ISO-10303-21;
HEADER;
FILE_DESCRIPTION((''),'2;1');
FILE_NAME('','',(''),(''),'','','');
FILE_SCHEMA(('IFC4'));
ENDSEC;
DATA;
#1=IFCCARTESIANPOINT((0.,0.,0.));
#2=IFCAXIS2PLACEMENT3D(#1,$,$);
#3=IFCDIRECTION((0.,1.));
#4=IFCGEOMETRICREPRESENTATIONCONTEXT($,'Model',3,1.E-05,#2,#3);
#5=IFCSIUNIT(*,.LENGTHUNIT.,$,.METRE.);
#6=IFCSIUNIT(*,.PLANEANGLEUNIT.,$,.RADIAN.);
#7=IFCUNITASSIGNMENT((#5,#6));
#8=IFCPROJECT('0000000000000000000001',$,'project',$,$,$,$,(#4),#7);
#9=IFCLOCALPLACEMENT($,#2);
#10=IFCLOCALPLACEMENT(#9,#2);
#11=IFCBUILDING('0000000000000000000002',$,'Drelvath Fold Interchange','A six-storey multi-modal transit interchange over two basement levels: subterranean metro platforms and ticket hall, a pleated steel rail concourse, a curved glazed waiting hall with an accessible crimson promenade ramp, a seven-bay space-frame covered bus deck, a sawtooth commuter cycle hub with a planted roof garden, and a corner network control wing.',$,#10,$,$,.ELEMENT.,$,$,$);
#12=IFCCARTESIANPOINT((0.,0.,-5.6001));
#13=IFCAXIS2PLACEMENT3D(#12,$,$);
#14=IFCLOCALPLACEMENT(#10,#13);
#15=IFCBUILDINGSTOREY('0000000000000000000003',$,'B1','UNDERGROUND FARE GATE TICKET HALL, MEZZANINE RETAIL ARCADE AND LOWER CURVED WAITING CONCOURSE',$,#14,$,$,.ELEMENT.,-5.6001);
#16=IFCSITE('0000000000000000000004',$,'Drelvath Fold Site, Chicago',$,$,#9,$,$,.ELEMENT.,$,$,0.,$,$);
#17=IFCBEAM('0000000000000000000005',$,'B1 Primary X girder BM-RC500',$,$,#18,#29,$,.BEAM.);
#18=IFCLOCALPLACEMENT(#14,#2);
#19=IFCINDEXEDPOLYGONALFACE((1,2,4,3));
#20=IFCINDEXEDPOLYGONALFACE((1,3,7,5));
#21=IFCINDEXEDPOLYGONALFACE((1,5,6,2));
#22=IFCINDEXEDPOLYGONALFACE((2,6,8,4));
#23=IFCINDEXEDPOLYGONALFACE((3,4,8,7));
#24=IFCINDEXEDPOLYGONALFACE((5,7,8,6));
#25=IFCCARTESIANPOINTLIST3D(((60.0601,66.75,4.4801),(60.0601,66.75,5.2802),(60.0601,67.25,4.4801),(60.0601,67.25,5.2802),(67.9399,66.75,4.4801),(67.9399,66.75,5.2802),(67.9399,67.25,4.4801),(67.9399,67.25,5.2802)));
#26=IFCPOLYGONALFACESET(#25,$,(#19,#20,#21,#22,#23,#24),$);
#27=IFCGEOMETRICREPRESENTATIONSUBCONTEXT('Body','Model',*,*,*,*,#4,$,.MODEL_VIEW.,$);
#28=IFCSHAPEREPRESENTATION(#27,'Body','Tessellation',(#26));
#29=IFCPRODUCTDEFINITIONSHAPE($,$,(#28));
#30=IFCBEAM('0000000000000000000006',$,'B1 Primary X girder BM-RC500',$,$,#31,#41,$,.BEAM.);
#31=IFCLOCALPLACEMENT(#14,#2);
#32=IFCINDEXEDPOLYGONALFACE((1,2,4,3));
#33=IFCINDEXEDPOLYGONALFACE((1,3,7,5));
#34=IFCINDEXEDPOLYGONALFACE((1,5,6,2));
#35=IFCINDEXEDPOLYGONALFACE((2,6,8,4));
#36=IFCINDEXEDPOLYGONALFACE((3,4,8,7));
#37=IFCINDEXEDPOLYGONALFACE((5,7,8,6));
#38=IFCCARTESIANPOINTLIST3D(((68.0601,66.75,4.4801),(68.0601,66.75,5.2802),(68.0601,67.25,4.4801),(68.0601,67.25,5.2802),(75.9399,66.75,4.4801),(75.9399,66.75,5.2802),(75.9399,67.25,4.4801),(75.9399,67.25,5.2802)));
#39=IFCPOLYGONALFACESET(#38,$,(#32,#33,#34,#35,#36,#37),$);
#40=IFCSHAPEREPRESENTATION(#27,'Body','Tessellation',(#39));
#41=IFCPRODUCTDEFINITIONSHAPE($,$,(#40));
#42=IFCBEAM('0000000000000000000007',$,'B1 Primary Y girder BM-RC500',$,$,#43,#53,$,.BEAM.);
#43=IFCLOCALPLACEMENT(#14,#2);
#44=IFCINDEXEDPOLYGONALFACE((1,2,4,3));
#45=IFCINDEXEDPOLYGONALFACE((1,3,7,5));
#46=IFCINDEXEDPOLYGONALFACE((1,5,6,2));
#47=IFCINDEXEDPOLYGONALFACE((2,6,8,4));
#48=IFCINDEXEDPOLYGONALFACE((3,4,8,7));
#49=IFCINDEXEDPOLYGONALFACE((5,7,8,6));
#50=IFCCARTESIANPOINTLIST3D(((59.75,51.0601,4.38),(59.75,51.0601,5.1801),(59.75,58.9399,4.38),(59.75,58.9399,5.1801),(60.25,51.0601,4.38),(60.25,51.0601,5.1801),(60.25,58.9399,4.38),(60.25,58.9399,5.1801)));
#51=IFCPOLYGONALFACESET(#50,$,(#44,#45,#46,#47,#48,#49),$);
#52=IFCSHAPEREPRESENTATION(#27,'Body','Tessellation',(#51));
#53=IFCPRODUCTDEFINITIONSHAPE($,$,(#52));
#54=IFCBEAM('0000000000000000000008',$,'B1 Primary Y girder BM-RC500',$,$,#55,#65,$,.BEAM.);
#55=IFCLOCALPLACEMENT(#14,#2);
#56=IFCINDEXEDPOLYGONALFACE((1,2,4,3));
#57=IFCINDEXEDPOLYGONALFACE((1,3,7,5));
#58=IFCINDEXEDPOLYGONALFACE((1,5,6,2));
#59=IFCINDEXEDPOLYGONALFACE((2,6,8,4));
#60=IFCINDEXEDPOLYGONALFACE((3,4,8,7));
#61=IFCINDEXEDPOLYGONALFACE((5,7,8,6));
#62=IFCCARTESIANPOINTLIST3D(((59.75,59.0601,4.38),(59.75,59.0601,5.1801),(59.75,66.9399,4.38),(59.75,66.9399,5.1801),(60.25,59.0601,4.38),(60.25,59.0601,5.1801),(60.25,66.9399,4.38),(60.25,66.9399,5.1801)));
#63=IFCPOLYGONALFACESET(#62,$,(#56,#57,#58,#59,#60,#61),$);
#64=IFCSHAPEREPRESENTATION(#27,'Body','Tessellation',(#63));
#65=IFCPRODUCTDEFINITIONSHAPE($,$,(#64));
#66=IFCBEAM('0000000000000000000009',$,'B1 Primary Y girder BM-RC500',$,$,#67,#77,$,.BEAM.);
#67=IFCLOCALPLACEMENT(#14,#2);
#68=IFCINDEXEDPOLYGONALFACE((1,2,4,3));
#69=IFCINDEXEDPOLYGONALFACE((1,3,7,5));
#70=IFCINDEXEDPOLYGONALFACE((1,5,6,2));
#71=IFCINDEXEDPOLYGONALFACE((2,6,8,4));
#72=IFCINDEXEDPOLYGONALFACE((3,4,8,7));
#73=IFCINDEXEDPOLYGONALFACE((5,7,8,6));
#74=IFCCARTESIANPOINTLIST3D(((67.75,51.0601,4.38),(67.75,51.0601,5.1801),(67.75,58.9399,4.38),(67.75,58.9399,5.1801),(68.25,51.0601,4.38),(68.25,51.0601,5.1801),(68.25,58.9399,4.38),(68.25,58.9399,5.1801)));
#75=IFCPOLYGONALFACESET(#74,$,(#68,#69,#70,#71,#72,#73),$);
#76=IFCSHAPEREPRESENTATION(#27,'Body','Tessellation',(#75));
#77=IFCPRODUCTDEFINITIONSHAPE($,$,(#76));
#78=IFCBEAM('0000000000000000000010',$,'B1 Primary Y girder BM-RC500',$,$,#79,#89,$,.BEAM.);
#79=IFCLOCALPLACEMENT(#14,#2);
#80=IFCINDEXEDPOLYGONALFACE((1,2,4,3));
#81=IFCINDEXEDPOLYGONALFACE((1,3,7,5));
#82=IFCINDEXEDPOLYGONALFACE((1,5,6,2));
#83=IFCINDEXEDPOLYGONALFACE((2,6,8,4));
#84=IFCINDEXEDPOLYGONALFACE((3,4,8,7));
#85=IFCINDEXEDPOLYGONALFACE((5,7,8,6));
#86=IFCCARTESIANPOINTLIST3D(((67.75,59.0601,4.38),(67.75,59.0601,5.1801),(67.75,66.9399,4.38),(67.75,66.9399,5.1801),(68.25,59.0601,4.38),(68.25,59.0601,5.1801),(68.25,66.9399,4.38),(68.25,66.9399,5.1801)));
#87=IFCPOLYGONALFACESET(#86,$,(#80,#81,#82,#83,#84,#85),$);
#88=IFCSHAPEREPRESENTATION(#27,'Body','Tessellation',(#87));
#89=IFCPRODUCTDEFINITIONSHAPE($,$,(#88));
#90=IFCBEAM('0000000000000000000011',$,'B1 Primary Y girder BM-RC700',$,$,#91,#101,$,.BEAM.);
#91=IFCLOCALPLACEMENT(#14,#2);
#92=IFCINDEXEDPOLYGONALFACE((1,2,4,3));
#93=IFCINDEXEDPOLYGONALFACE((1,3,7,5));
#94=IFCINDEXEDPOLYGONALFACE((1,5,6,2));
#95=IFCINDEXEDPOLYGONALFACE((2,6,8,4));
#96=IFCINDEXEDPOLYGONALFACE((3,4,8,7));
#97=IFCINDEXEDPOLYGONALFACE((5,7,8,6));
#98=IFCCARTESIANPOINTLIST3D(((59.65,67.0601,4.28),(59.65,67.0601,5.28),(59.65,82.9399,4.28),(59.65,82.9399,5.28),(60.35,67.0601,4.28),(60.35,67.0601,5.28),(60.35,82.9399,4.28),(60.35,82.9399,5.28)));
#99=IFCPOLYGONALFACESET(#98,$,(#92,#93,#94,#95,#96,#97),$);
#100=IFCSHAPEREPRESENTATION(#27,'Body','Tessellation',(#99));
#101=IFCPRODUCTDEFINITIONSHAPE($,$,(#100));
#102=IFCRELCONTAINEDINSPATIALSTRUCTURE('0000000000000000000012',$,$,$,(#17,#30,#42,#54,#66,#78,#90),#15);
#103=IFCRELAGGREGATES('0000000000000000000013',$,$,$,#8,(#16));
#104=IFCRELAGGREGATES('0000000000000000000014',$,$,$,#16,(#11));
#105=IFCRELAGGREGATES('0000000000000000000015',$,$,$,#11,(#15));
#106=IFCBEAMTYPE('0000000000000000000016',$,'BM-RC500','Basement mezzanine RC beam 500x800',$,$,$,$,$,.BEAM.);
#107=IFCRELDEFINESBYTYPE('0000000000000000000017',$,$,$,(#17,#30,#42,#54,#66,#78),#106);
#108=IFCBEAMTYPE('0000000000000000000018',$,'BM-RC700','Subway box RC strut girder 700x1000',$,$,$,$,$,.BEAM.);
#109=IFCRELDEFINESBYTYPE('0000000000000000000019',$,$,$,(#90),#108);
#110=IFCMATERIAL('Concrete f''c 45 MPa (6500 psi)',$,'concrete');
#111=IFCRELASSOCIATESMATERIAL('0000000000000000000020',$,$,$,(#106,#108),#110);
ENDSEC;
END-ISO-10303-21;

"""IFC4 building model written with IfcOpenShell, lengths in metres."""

from ifc_helpers import new_model, si_unit, direction, frame, origin, origin_2d, place, context, subcontext, project, spatial, rectangle, extrude, material, material_profile, profile_set, type_object, element, save


model = new_model("IFC4")

# Units and contexts
model_context = context("Model", 3, precision=1e-05, world=origin(), true_north=direction((0.0, 1.0)))
body_context = subcontext(model_context, "Body", "Model", "MODEL_VIEW")
ifc_project = project(units=[si_unit("LENGTHUNIT", "METRE"), si_unit("PLANEANGLEUNIT", "RADIAN")], contexts=[model_context])

# Site, building, storey
site_placement = place(None, origin())
site = spatial("IfcSite", under=ifc_project, at=site_placement, Name="Drelvath Fold Site, Chicago", CompositionType="ELEMENT", RefElevation=0.0)
building_placement = place(site_placement, origin())
building = spatial("IfcBuilding", under=site, at=building_placement, Name="Drelvath Fold Interchange", Description="A six-storey multi-modal transit interchange over two basement levels: subterranean metro platforms and ticket hall, a pleated steel rail concourse, a curved glazed waiting hall with an accessible crimson promenade ramp, a seven-bay space-frame covered bus deck, a sawtooth commuter cycle hub with a planted roof garden, and a corner network control wing.", CompositionType="ELEMENT")
storey_placement = place(building_placement, frame((0.0, 0.0, -5.6001)))
storey = spatial("IfcBuildingStorey", under=building, at=storey_placement, Name="B1", Description="UNDERGROUND FARE GATE TICKET HALL, MEZZANINE RETAIL ARCADE AND LOWER CURVED WAITING CONCOURSE", CompositionType="ELEMENT", Elevation=-5.6001)

# Beams
ifc_material_1 = material(Name="Concrete f'c 45 MPa (6500 psi)", Category="concrete")
ifc_material_profile_1 = material_profile(ifc_material_1, rectangle(XDim=0.5, YDim=0.8, at=origin_2d()), Name="RC 500x800")
ifc_profile_set_1 = profile_set([ifc_material_profile_1], Name="Concrete f'c 45 MPa (6500 psi)")
beam_type_1 = type_object("IfcBeamType", Name="BM-RC500", Description="Basement mezzanine RC beam 500x800", PredefinedType="BEAM", material=ifc_profile_set_1)
for number, where, z_axis, x_axis, name in (
    (1, (60.0601, 67.0, 4.8801), (1.0, 0.0, 0.0), (0.0, 1.0, 0.0), "B1 Primary X girder BM-RC500"),
    (2, (68.0601, 67.0, 4.8801), (1.0, 0.0, 0.0), (0.0, 1.0, 0.0), "B1 Primary X girder BM-RC500"),
    (3, (60.0, 51.0601, 4.78), (0.0, 1.0, 0.0), (-1.0, 0.0, 0.0), "B1 Primary Y girder BM-RC500"),
    (4, (60.0, 59.0601, 4.78), (0.0, 1.0, 0.0), (-1.0, 0.0, 0.0), "B1 Primary Y girder BM-RC500"),
    (5, (68.0, 51.0601, 4.78), (0.0, 1.0, 0.0), (-1.0, 0.0, 0.0), "B1 Primary Y girder BM-RC500"),
    (6, (68.0, 59.0601, 4.78), (0.0, 1.0, 0.0), (-1.0, 0.0, 0.0), "B1 Primary Y girder BM-RC500"),
):
    element("IfcBeam", number, at=place(storey_placement, frame(where, z_axis=z_axis, x_axis=x_axis)), inside=storey, type_object=beam_type_1, Name=name, PredefinedType="BEAM", context=body_context, shape_type="SweptSolid", body=[
        extrude(rectangle(XDim=0.5, YDim=0.8, at=origin_2d()), origin(), (0.0, 0.0, 1.0), 7.8799),
    ])
ifc_material_profile_2 = material_profile(ifc_material_1, rectangle(XDim=0.7, YDim=1.0, at=origin_2d()), Name="RC 700x1000")
ifc_profile_set_2 = profile_set([ifc_material_profile_2], Name="Concrete f'c 45 MPa (6500 psi)")
beam_type_2 = type_object("IfcBeamType", Name="BM-RC700", Description="Subway box RC strut girder 700x1000", PredefinedType="BEAM", material=ifc_profile_set_2)
beam_placement = place(storey_placement, frame((60.0, 67.0601, 4.78), z_axis=(0.0, 1.0, 0.0), x_axis=(-1.0, 0.0, 0.0)))
element("IfcBeam", 7, at=beam_placement, inside=storey, type_object=beam_type_2, Name="B1 Primary Y girder BM-RC700", PredefinedType="BEAM", context=body_context, shape_type="SweptSolid", body=[
    extrude(rectangle(XDim=0.7, YDim=1.0, at=origin_2d()), origin(), (0.0, 0.0, 1.0), 15.8799),
])

save(model, "model.ifc")
